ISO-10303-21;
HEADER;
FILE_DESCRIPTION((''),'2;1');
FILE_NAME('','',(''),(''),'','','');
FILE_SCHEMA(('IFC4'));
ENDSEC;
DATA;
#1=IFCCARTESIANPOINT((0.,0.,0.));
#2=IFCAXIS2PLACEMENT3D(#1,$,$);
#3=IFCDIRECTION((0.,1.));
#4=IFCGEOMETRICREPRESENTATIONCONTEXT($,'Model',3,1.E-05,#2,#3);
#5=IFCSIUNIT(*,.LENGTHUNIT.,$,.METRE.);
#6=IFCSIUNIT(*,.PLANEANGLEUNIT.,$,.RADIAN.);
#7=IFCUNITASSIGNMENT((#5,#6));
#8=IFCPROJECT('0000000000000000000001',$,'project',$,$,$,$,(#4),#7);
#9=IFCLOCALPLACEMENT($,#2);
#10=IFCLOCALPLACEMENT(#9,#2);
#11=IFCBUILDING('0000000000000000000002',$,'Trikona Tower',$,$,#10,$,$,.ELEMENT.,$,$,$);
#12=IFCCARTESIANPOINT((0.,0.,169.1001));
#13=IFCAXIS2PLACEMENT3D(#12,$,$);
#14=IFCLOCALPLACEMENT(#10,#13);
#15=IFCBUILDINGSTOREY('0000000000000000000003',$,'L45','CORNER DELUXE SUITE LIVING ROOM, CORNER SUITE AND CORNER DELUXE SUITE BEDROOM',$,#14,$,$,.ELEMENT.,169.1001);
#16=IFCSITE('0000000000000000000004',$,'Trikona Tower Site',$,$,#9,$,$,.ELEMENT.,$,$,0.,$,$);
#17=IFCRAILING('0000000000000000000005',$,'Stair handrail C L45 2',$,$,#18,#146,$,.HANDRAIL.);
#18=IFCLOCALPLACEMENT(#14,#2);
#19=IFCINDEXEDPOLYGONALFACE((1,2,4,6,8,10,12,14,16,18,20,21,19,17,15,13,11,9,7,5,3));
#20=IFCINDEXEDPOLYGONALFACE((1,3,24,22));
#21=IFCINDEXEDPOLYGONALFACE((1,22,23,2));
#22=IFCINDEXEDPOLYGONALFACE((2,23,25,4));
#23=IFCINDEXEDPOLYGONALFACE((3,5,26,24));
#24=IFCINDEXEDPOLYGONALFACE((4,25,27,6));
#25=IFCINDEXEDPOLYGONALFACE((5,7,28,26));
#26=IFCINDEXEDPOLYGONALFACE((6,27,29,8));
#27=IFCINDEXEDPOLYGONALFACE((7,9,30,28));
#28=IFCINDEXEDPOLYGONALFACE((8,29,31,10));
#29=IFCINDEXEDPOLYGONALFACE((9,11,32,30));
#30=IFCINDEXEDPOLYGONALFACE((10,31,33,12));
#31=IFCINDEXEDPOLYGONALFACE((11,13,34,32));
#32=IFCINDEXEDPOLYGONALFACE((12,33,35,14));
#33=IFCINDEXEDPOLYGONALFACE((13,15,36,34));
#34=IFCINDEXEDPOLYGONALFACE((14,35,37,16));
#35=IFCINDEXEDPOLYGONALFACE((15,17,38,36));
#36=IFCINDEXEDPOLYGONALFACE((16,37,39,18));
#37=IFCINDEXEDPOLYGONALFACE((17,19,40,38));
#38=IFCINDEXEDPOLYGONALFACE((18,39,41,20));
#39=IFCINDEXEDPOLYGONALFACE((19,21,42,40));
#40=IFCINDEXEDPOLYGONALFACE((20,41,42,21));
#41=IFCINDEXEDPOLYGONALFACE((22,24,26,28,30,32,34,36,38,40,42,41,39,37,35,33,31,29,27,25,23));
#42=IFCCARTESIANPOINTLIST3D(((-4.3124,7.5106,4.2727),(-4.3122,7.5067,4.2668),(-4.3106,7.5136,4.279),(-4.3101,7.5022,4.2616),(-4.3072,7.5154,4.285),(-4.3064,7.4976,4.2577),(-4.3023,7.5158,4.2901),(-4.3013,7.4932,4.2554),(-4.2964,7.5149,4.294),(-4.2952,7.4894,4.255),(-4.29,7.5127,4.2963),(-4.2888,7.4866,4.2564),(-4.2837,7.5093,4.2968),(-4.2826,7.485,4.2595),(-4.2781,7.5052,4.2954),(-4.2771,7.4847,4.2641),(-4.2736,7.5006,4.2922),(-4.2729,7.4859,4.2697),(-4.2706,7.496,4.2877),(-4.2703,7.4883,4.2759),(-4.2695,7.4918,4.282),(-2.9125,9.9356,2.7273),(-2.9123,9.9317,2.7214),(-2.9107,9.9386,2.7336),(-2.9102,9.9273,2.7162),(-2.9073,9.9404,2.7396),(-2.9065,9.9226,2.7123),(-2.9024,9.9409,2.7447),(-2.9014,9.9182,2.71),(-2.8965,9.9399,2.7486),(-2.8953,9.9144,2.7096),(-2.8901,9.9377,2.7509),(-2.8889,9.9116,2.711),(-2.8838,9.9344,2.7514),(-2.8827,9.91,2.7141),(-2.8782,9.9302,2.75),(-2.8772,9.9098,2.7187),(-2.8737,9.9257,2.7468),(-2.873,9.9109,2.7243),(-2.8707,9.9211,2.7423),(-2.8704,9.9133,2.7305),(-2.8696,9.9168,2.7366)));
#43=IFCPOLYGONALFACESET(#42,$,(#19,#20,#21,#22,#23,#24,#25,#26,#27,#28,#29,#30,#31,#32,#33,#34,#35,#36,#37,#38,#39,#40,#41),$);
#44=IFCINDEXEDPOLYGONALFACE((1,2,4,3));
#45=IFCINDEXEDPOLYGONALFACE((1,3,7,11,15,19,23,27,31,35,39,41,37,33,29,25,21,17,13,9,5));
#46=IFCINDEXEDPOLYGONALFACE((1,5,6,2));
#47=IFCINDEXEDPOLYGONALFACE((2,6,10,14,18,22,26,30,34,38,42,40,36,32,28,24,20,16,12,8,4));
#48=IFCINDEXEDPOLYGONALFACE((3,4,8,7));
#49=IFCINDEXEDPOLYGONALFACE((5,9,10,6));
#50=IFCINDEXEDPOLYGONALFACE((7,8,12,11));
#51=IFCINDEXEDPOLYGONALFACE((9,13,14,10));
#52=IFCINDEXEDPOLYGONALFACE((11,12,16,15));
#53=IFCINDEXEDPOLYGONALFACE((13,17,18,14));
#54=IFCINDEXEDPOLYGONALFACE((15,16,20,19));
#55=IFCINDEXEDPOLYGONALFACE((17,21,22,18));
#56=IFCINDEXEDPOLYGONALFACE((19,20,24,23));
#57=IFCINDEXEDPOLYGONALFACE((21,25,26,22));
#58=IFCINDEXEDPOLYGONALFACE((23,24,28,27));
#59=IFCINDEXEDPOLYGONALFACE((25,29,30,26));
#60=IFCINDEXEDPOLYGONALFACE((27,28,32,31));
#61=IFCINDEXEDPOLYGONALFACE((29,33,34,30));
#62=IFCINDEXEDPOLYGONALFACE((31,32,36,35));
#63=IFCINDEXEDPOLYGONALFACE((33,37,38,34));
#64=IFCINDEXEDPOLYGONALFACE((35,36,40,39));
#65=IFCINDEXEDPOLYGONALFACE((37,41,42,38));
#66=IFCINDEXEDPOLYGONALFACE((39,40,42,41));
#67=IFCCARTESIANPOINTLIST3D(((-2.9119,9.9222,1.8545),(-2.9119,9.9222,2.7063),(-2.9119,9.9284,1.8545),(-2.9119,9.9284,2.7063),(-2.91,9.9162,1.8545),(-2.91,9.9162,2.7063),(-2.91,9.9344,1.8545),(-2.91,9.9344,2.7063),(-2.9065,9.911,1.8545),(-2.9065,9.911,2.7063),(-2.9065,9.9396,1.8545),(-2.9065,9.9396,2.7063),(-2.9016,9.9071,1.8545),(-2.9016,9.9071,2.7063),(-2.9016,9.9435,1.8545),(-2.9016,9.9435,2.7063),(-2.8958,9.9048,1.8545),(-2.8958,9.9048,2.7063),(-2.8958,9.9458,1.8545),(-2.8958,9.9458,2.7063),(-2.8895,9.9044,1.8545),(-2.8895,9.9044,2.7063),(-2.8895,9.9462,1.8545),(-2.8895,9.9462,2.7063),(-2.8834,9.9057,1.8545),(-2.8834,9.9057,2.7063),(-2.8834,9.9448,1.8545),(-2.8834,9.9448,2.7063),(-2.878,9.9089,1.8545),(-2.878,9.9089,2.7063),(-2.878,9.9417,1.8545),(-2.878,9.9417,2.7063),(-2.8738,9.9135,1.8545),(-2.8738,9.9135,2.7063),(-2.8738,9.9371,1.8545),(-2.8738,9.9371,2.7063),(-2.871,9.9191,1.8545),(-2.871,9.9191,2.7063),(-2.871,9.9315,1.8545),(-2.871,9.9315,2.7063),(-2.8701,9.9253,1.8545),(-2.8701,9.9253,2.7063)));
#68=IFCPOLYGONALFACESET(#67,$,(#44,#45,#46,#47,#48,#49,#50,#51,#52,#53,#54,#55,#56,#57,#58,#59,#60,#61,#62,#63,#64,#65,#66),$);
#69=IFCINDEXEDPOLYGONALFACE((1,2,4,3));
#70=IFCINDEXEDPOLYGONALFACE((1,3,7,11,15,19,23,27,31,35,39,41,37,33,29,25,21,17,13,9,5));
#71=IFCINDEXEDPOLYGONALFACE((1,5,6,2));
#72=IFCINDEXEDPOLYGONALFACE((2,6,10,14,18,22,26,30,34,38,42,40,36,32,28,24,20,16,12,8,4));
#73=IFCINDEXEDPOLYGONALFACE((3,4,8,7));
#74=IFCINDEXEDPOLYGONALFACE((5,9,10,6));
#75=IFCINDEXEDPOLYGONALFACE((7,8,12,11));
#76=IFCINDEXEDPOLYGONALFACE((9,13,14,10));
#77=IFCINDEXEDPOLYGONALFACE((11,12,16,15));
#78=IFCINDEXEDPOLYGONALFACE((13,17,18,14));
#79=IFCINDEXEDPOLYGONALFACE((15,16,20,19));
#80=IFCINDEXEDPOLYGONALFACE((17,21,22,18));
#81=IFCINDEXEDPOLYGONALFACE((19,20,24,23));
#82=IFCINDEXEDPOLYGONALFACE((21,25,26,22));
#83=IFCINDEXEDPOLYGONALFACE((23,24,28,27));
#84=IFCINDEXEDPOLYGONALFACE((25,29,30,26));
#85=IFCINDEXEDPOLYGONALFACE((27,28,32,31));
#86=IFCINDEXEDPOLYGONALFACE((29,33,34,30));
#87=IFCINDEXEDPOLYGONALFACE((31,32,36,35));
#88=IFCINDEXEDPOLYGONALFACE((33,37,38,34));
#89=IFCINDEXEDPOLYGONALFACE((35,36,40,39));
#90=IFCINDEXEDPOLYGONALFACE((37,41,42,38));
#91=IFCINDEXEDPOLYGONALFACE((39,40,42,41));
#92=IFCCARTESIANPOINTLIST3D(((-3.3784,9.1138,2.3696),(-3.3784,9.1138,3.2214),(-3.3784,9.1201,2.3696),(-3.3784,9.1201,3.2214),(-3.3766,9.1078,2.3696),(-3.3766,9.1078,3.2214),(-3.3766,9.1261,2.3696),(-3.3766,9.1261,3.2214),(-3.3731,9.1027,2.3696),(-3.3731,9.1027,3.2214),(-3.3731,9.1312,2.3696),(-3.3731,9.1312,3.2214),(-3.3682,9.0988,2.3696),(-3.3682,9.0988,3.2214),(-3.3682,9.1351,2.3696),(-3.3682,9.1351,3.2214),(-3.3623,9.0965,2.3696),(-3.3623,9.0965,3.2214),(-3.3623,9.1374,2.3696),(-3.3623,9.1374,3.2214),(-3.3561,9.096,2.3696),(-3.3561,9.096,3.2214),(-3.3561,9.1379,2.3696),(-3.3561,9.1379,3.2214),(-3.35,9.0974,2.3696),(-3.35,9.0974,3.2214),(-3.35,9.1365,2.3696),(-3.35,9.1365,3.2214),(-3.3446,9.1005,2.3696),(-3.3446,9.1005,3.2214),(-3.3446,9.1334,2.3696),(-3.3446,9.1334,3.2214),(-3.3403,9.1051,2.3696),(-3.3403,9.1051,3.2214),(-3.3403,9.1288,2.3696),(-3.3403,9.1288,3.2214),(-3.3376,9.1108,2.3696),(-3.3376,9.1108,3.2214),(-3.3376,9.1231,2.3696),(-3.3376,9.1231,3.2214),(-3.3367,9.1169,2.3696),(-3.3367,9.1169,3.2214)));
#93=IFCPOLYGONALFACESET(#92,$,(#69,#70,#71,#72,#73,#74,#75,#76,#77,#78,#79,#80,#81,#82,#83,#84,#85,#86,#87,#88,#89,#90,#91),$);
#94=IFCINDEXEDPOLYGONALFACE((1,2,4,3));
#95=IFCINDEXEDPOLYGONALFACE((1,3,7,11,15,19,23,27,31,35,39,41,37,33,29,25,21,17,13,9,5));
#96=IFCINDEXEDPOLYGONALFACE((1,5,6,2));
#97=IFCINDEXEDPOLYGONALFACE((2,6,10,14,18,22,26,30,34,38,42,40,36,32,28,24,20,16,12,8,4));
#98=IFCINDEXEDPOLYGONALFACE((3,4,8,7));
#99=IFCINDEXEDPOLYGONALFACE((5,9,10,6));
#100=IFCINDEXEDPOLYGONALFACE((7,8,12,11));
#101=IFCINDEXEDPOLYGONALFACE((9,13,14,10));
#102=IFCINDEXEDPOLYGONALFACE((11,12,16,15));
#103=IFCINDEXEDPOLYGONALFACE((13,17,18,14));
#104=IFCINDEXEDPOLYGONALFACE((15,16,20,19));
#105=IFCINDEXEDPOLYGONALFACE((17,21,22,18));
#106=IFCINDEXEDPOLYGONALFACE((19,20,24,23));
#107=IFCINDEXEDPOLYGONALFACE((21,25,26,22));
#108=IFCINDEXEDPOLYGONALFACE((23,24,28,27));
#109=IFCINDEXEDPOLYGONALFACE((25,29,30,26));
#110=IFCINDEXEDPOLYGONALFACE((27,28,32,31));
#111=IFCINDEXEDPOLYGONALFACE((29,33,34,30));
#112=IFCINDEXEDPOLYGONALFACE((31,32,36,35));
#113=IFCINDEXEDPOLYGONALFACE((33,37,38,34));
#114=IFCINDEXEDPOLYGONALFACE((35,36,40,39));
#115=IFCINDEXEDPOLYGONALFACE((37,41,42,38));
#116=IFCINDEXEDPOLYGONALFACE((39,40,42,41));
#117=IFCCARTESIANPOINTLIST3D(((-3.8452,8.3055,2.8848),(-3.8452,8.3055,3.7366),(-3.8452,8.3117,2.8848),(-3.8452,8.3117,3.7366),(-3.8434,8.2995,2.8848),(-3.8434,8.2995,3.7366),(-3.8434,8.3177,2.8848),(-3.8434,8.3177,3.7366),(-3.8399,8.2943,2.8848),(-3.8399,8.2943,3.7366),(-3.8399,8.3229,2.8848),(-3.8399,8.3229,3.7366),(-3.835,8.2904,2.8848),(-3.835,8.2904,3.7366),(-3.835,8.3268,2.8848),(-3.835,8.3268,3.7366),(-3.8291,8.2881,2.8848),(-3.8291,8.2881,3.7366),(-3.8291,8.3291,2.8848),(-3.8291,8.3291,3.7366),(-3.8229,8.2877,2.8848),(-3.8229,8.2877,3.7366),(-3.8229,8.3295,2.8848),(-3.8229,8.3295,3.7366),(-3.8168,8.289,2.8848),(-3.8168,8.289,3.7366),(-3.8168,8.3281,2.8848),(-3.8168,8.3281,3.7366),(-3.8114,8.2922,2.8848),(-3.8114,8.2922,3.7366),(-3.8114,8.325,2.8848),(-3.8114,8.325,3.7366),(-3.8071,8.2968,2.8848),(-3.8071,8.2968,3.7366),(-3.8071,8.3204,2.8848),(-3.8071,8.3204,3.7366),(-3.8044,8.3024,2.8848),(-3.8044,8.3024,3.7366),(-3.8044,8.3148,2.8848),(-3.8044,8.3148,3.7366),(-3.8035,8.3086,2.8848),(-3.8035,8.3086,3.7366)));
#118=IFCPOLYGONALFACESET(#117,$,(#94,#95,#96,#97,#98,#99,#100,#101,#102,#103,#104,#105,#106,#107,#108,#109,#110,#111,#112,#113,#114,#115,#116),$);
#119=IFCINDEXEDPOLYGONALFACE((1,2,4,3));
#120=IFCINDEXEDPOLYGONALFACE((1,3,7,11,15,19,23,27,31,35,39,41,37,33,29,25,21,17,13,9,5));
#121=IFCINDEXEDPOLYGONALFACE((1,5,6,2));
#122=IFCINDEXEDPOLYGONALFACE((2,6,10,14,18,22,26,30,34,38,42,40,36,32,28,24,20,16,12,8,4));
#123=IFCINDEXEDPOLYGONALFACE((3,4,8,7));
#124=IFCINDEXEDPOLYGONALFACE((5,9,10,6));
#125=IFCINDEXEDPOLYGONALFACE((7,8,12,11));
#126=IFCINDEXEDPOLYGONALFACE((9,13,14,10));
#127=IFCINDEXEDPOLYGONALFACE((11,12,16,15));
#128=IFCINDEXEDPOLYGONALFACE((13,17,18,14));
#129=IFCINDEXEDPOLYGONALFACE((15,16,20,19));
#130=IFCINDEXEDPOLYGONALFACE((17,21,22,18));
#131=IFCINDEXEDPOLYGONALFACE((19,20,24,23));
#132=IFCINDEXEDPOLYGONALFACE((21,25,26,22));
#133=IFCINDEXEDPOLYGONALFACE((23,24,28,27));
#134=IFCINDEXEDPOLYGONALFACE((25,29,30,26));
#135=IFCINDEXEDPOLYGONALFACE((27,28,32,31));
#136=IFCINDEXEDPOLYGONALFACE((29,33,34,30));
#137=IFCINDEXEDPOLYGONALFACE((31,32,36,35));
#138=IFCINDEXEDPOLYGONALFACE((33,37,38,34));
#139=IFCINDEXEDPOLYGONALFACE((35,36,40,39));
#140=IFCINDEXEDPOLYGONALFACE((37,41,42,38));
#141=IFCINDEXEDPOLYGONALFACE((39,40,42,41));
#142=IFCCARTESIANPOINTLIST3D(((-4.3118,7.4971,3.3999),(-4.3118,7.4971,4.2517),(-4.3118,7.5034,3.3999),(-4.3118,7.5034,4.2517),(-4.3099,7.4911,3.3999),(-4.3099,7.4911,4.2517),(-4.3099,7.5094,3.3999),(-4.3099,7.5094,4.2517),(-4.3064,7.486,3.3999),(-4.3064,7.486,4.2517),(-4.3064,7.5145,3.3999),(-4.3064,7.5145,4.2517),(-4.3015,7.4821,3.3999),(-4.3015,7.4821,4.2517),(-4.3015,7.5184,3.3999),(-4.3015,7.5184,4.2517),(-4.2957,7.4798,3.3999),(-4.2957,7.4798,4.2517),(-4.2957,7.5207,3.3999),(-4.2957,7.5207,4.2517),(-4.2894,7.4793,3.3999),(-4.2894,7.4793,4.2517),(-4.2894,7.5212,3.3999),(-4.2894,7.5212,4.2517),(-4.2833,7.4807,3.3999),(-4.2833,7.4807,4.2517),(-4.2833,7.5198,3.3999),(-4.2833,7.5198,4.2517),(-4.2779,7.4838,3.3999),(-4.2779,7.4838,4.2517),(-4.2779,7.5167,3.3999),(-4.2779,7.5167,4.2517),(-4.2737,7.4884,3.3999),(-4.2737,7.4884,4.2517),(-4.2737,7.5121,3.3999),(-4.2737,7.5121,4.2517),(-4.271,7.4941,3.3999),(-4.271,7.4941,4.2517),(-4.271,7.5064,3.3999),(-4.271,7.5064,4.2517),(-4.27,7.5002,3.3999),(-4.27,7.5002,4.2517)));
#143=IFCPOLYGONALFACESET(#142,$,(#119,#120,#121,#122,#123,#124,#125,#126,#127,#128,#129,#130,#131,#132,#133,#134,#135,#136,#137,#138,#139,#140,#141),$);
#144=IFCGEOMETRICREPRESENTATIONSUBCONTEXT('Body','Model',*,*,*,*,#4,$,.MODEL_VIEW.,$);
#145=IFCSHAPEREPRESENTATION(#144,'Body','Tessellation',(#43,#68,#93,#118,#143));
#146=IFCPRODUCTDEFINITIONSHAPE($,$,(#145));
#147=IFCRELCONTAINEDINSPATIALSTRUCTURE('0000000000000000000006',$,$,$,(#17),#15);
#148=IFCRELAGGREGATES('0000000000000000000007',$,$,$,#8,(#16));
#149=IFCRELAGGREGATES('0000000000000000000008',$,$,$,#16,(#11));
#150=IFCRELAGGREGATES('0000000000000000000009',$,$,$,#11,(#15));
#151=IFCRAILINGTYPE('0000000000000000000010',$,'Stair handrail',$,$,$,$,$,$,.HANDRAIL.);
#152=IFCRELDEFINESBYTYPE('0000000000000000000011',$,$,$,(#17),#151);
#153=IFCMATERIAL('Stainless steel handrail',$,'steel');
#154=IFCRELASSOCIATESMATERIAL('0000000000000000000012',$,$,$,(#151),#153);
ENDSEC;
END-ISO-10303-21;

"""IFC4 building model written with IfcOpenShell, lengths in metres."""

from ifc_helpers import new_model, si_unit, direction, frame, origin, origin_2d, place, context, subcontext, project, spatial, circle, extrude, material, type_object, element, save


model = new_model("IFC4")

# Units and contexts
model_context = context("Model", 3, precision=1e-05, world=origin(), true_north=direction((0.0, 1.0)))
body_context = subcontext(model_context, "Body", "Model", "MODEL_VIEW")
ifc_project = project(units=[si_unit("LENGTHUNIT", "METRE"), si_unit("PLANEANGLEUNIT", "RADIAN")], contexts=[model_context])

# Site, building, storey
site_placement = place(None, origin())
site = spatial("IfcSite", under=ifc_project, at=site_placement, Name="Trikona Tower Site", CompositionType="ELEMENT", RefElevation=0.0)
building_placement = place(site_placement, origin())
building = spatial("IfcBuilding", under=site, at=building_placement, Name="Trikona Tower", CompositionType="ELEMENT")
storey_placement = place(building_placement, frame((0.0, 0.0, 169.1001)))
storey = spatial("IfcBuildingStorey", under=building, at=storey_placement, Name="L45", Description="CORNER DELUXE SUITE LIVING ROOM, CORNER SUITE AND CORNER DELUXE SUITE BEDROOM", CompositionType="ELEMENT", Elevation=169.1001)

# Railing
ifc_material_1 = material(Name="Stainless steel handrail", Category="steel")
railing_type = type_object("IfcRailingType", Name="Stair handrail", PredefinedType="HANDRAIL", material=ifc_material_1)
railing_1_placement = place(storey_placement, frame((-2.8911, 9.9253, 1.8545)))
element("IfcRailing", 1, at=railing_1_placement, inside=storey, type_object=railing_type, Name="Stair handrail C L45 2", PredefinedType="HANDRAIL", context=body_context, shape_type="SweptSolid", body=[
    extrude(circle(Radius=0.0239, at=origin_2d()), frame((0.0, 0.0, 0.876), z_axis=(-0.437707, -0.75824, 0.483203), x_axis=(0.866056, -0.499946, 0.0)), (0.0, 0.0, 1.0), 3.1982),
    extrude(circle(Radius=0.021, at=origin_2d()), origin(), (0.0, 0.0, 1.0), 0.8518),
    extrude(circle(Radius=0.021, at=origin_2d()), frame((-0.4666, -0.8083, 0.5151)), (0.0, 0.0, 1.0), 0.8518),
    extrude(circle(Radius=0.021, at=origin_2d()), frame((-0.9333, -1.6167, 1.0303)), (0.0, 0.0, 1.0), 0.8518),
    extrude(circle(Radius=0.021, at=origin_2d()), frame((-1.3999, -2.425, 1.5454)), (0.0, 0.0, 1.0), 0.8518),
])

save(model, "model.ifc")
